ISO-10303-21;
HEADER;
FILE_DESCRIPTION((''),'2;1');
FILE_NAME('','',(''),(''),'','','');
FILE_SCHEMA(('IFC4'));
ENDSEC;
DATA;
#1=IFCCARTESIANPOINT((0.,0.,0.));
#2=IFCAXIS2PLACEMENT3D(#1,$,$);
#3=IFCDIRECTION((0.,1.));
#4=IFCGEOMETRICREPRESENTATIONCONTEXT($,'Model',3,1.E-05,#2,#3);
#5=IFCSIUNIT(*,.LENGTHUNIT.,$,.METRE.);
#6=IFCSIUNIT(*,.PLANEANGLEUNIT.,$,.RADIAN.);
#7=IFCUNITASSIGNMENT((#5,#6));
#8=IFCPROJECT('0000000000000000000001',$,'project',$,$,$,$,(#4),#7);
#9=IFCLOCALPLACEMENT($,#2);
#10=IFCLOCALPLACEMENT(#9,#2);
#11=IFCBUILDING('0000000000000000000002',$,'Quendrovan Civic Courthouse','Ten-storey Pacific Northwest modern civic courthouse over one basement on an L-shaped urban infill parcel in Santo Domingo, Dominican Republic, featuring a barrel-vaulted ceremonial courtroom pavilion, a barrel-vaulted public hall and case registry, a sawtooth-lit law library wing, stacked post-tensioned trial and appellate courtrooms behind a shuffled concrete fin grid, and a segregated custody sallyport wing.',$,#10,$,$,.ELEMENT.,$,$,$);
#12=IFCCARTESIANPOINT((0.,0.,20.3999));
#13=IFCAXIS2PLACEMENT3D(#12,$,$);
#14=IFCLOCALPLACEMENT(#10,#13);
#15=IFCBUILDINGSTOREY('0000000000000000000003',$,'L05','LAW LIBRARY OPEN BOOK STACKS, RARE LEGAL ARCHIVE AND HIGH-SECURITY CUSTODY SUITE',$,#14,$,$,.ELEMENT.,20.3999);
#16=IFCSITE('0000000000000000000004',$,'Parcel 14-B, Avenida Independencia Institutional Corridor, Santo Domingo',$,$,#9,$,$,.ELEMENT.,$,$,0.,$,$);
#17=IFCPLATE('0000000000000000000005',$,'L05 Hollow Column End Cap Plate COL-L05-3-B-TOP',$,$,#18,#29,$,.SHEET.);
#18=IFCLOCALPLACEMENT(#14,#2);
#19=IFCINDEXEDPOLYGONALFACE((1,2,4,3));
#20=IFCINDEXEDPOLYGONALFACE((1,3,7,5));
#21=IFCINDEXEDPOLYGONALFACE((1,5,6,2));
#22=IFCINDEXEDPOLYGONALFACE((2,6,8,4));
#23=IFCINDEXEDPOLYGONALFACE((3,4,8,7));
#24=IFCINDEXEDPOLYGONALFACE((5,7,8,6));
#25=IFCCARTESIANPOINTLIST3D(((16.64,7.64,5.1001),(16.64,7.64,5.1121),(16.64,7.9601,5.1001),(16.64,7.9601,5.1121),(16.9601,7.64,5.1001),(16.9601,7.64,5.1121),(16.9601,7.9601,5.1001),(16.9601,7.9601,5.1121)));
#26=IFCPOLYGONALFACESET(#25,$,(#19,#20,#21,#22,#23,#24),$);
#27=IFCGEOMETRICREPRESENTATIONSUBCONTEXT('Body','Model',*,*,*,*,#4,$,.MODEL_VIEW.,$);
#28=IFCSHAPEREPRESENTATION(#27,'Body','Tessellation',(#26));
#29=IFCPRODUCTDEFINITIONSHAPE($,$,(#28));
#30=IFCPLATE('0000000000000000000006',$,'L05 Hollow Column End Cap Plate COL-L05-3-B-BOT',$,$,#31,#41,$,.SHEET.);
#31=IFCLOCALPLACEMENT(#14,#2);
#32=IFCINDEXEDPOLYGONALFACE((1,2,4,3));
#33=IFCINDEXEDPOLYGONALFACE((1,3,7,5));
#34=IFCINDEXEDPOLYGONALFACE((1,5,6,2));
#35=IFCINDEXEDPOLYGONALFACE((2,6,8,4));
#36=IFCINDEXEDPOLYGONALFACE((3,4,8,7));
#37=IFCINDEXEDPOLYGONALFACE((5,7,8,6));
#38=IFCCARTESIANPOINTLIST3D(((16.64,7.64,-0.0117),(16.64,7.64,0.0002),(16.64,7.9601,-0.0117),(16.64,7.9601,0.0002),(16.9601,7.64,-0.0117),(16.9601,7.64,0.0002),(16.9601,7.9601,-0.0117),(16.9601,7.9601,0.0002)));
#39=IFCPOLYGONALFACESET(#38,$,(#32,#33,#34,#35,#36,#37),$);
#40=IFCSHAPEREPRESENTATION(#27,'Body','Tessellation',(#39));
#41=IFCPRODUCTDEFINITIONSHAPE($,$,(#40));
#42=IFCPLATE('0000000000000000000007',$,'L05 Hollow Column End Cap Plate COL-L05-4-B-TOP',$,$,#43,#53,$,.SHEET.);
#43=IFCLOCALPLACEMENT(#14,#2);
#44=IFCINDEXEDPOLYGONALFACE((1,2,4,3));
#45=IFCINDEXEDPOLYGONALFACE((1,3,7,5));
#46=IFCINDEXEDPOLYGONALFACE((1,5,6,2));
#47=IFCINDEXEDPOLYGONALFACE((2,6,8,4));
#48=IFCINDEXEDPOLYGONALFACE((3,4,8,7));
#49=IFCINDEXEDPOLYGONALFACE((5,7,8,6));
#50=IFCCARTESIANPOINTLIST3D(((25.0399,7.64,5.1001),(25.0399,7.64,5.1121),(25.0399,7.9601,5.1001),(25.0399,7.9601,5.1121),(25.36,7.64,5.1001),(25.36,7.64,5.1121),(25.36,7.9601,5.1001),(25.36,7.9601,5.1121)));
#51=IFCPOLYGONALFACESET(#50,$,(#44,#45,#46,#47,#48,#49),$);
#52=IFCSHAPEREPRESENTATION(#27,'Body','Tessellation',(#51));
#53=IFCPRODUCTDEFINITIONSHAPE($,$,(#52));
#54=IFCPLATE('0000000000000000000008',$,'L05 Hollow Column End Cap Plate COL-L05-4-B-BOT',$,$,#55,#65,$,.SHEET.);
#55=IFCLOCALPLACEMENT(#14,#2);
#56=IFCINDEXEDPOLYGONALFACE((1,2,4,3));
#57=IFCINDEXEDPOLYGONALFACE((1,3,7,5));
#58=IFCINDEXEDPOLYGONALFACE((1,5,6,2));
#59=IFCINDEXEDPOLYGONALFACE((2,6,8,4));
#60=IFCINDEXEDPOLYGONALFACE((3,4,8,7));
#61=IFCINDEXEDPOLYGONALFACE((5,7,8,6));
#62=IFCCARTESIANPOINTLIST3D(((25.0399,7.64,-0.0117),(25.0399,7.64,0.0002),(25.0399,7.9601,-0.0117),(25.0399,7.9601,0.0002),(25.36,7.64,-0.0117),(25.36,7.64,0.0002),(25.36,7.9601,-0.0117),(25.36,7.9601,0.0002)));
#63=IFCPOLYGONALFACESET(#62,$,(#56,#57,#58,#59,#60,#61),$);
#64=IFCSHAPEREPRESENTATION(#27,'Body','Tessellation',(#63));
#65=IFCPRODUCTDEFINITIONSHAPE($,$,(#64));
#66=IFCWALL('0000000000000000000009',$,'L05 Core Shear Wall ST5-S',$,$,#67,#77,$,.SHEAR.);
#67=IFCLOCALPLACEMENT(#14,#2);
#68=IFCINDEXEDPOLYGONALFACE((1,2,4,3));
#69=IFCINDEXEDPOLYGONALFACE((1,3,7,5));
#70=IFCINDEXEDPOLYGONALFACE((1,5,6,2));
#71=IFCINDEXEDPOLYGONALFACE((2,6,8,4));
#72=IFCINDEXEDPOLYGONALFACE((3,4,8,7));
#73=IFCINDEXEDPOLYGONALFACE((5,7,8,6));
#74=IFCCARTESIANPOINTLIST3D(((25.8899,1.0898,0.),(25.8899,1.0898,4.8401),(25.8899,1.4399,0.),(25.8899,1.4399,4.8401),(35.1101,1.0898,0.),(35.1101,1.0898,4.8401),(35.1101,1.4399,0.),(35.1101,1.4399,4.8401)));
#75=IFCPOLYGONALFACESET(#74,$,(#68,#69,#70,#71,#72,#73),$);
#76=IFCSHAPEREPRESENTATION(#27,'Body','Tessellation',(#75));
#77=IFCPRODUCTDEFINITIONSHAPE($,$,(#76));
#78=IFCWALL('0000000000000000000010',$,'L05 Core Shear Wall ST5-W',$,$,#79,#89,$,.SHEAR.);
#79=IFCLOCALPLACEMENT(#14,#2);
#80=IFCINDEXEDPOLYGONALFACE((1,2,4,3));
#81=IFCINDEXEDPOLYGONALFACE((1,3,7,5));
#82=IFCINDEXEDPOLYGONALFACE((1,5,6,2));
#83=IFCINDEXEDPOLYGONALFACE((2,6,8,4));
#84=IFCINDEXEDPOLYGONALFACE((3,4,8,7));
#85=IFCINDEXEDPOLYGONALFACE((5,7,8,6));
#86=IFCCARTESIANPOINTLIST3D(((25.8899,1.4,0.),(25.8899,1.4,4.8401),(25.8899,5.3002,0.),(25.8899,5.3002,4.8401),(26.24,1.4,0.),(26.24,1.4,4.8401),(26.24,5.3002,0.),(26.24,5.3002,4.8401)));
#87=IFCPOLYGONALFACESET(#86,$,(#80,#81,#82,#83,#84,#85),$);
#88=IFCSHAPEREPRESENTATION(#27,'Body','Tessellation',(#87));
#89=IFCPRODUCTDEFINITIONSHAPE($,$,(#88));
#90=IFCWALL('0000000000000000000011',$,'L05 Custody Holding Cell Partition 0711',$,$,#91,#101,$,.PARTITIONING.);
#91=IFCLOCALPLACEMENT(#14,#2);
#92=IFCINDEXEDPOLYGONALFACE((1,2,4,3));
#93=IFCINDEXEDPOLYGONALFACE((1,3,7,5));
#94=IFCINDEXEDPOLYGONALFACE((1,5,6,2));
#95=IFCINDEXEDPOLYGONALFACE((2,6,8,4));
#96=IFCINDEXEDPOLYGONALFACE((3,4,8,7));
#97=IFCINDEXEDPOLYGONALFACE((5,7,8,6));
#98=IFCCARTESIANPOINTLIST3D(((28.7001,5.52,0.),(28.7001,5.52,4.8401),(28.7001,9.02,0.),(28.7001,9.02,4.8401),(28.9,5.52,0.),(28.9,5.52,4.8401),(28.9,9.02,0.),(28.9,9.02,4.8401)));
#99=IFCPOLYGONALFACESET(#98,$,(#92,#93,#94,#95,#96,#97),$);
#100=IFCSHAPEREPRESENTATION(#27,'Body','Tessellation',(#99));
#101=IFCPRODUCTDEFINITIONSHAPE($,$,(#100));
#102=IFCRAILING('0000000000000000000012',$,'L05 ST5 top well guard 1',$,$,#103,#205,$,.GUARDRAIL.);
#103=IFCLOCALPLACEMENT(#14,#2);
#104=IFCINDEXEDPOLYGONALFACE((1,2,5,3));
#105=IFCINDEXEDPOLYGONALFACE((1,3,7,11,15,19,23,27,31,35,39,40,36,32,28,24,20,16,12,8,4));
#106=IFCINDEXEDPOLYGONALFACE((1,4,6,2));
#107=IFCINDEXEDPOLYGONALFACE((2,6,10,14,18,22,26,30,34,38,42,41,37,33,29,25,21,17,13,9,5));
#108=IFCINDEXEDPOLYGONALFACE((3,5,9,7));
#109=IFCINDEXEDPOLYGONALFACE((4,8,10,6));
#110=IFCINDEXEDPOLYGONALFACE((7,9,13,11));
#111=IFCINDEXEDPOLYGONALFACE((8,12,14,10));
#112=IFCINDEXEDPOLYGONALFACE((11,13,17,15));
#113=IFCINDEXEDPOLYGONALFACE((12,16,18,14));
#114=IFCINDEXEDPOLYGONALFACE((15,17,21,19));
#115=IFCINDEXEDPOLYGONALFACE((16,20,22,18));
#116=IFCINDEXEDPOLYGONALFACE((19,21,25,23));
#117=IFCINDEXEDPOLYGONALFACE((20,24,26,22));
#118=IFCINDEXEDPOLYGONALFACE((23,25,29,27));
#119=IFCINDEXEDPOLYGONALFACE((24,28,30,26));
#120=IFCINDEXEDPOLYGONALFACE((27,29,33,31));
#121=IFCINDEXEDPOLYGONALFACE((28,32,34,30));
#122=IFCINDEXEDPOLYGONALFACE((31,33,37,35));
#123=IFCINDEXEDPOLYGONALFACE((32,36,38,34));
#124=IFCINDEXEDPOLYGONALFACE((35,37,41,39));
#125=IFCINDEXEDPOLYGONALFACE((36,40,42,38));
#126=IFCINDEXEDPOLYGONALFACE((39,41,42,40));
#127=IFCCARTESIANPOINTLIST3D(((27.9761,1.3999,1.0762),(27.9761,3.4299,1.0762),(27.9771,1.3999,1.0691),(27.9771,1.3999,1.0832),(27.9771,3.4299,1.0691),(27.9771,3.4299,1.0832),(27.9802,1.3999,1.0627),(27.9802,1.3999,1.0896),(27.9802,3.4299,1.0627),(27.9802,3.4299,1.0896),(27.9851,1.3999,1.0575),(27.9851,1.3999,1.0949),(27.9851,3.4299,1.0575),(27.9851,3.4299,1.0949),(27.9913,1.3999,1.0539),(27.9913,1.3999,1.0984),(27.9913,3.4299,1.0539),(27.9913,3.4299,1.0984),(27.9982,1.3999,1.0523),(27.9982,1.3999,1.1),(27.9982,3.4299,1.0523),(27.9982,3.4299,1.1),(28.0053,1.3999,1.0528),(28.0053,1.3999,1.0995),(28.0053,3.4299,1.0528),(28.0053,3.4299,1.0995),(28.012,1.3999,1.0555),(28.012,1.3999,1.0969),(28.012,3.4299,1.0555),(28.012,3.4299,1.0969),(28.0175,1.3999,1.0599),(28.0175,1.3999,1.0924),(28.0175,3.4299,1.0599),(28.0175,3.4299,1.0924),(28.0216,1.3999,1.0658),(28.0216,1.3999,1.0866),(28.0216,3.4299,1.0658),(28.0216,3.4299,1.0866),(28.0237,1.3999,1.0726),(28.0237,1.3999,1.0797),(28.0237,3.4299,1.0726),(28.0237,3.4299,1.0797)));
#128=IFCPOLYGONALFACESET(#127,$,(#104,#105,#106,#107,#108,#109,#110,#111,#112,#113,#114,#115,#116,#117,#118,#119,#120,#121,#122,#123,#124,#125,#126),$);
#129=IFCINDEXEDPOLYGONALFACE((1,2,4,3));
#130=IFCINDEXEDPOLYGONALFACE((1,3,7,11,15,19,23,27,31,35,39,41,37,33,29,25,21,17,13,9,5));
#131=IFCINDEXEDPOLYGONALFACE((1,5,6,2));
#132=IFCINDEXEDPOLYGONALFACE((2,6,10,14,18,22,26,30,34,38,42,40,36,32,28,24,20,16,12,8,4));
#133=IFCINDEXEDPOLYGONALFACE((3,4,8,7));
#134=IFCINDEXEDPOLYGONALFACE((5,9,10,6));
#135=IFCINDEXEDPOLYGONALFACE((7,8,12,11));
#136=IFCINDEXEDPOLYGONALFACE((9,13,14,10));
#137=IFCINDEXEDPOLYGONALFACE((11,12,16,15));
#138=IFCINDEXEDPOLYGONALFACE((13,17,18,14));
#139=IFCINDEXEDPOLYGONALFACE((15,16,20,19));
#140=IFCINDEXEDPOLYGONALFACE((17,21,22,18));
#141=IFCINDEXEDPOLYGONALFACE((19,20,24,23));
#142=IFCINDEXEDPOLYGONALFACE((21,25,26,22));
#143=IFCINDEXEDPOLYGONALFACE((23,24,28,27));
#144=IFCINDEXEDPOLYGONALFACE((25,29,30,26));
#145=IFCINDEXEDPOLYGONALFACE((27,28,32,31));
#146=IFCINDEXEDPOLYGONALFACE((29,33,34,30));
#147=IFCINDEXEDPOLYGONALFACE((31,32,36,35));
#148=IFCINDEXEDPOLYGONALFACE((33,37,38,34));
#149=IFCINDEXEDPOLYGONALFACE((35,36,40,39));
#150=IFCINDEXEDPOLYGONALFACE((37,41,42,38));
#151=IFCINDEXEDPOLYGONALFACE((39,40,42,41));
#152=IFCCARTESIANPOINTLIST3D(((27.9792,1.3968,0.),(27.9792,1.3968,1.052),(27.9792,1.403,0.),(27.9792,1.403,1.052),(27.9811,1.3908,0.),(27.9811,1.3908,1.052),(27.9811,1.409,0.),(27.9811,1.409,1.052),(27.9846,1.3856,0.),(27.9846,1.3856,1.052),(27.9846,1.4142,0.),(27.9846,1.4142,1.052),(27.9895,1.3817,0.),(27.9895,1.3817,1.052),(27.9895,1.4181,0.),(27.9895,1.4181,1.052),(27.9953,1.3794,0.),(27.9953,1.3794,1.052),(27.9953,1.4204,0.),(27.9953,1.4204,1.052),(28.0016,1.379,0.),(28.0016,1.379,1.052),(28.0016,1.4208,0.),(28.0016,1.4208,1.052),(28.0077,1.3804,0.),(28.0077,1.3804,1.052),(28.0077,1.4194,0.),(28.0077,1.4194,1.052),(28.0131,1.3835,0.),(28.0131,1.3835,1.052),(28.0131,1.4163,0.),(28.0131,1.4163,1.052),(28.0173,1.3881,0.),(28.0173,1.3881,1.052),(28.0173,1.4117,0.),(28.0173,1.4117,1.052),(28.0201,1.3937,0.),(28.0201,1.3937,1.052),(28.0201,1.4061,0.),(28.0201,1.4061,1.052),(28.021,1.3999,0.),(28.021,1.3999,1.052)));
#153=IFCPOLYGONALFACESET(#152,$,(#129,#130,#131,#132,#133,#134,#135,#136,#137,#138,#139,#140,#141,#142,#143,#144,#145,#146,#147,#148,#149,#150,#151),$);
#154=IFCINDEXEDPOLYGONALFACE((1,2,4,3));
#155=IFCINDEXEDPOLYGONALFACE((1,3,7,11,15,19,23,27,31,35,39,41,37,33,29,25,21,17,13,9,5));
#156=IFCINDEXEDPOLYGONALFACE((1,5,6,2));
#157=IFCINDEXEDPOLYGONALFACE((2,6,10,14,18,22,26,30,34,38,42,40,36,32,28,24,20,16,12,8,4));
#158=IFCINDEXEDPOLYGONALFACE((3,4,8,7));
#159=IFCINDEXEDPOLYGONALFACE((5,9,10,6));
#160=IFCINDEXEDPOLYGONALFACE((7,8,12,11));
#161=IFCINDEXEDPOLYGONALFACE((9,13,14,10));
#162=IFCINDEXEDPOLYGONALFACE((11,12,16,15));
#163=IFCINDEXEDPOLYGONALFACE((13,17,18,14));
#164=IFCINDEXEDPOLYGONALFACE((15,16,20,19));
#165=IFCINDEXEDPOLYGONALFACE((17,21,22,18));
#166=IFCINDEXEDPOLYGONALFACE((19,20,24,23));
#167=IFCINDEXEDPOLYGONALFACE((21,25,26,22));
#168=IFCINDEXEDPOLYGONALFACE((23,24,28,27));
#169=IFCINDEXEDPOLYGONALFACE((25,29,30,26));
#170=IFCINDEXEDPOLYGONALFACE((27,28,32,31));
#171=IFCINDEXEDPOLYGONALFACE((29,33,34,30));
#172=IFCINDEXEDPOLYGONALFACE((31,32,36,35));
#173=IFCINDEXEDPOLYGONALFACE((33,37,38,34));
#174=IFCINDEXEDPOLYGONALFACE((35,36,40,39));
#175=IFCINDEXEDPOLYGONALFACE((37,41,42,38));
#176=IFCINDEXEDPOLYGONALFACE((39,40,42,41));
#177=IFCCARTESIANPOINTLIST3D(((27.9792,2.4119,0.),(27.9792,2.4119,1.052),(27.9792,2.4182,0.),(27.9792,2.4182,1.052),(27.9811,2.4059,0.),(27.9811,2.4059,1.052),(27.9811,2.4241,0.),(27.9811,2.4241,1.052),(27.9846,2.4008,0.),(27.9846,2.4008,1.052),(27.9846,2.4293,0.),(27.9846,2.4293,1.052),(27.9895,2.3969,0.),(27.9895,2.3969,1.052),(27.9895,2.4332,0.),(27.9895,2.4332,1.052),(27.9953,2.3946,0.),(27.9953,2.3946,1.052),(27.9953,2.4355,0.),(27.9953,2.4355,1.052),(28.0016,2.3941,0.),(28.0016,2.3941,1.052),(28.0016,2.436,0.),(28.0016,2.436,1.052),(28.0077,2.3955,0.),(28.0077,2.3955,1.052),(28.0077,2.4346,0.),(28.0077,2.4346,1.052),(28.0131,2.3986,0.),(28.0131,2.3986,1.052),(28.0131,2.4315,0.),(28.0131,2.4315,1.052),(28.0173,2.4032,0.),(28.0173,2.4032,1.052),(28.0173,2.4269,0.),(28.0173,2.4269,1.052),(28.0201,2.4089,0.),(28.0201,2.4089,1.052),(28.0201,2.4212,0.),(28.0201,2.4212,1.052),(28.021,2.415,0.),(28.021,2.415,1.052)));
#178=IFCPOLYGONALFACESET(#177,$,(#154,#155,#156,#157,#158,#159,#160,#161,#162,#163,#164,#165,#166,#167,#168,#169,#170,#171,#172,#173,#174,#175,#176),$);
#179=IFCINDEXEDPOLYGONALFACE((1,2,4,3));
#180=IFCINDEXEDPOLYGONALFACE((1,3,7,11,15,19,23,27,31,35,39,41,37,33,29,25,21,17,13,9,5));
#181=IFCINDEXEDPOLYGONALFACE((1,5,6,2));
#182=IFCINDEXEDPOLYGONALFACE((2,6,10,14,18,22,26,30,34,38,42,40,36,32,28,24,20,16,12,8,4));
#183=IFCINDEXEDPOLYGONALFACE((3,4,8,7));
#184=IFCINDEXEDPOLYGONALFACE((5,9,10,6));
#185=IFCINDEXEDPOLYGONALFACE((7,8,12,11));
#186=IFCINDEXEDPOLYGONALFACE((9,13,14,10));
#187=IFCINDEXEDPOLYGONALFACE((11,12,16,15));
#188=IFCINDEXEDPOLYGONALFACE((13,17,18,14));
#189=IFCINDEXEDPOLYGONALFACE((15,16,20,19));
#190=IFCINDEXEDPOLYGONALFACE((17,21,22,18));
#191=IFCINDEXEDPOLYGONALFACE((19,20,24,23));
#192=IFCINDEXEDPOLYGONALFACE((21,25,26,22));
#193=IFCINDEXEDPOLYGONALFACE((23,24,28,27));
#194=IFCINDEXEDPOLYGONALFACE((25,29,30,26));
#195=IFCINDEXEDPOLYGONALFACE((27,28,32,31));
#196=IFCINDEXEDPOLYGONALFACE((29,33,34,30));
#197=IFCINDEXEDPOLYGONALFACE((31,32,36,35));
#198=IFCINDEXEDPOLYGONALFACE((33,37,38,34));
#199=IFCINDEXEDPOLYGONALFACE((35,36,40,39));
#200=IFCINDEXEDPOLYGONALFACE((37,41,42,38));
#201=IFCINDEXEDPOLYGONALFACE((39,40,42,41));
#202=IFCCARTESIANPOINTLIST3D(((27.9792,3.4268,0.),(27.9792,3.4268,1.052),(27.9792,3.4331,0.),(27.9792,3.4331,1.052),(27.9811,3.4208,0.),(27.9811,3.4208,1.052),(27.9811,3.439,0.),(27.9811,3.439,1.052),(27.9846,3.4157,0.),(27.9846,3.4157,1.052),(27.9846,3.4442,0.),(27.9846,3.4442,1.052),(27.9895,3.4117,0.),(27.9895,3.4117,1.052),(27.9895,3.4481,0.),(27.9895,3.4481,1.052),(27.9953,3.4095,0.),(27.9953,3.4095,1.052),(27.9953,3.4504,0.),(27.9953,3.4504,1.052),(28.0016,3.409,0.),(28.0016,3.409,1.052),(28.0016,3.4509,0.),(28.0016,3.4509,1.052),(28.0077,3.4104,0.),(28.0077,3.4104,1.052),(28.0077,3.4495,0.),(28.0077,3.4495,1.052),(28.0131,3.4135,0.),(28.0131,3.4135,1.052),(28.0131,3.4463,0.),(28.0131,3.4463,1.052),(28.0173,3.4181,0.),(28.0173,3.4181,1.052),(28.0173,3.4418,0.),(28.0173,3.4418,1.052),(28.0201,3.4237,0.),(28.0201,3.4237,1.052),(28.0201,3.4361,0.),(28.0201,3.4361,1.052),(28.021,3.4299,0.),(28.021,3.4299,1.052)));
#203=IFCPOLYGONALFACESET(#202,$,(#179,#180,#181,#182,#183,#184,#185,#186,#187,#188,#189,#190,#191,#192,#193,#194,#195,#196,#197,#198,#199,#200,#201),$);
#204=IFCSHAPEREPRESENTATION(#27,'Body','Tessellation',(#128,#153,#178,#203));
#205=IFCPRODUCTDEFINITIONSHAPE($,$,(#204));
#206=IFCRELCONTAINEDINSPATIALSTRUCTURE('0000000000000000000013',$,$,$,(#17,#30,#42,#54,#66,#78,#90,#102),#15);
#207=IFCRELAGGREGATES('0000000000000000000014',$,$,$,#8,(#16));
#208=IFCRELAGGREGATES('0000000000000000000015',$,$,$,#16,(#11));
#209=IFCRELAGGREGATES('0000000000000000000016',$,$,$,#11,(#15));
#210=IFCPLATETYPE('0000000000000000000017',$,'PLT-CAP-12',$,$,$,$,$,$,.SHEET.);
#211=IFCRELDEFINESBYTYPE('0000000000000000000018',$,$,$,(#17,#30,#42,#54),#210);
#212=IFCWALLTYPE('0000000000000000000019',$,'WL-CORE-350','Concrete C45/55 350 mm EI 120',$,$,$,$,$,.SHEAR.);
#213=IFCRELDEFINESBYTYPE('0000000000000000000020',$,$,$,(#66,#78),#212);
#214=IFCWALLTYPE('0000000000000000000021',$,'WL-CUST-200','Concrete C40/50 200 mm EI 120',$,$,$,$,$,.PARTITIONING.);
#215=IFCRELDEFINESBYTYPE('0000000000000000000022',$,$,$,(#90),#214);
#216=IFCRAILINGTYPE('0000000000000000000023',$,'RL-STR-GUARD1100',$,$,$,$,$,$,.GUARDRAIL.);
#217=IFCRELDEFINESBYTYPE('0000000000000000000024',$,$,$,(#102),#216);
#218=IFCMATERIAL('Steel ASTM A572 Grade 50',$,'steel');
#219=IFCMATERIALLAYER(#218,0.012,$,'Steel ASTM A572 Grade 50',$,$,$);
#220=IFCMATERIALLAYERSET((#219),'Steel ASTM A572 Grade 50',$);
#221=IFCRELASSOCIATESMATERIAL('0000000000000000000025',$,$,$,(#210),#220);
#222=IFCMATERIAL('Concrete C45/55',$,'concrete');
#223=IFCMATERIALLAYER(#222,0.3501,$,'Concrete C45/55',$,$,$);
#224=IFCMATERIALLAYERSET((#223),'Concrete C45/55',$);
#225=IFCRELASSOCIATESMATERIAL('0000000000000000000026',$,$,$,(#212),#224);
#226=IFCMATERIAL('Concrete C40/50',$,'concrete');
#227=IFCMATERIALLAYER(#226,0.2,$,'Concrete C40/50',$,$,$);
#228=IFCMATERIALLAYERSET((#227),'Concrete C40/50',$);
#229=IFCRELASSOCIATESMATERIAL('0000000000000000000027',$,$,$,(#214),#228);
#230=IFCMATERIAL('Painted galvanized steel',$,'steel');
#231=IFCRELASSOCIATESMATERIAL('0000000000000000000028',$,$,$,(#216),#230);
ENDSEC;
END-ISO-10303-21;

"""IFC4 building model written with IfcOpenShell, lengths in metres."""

from ifc_helpers import new_model, si_unit, direction, frame, frame_2d, origin, origin_2d, place, context, subcontext, project, spatial, rectangle, circle, extrude, material, layer, layer_set, type_object, element, save


model = new_model("IFC4")

# Units and contexts
model_context = context("Model", 3, precision=1e-05, world=origin(), true_north=direction((0.0, 1.0)))
body_context = subcontext(model_context, "Body", "Model", "MODEL_VIEW")
ifc_project = project(units=[si_unit("LENGTHUNIT", "METRE"), si_unit("PLANEANGLEUNIT", "RADIAN")], contexts=[model_context])

# Site, building, storey
site_placement = place(None, origin())
site = spatial("IfcSite", under=ifc_project, at=site_placement, Name="Parcel 14-B, Avenida Independencia Institutional Corridor, Santo Domingo", CompositionType="ELEMENT", RefElevation=0.0)
building_placement = place(site_placement, origin())
building = spatial("IfcBuilding", under=site, at=building_placement, Name="Quendrovan Civic Courthouse", Description="Ten-storey Pacific Northwest modern civic courthouse over one basement on an L-shaped urban infill parcel in Santo Domingo, Dominican Republic, featuring a barrel-vaulted ceremonial courtroom pavilion, a barrel-vaulted public hall and case registry, a sawtooth-lit law library wing, stacked post-tensioned trial and appellate courtrooms behind a shuffled concrete fin grid, and a segregated custody sallyport wing.", CompositionType="ELEMENT")
storey_placement = place(building_placement, frame((0.0, 0.0, 20.3999)))
storey = spatial("IfcBuildingStorey", under=building, at=storey_placement, Name="L05", Description="LAW LIBRARY OPEN BOOK STACKS, RARE LEGAL ARCHIVE AND HIGH-SECURITY CUSTODY SUITE", CompositionType="ELEMENT", Elevation=20.3999)

# Shared definitions
ifc_material_1 = material(Name="Concrete C45/55", Category="concrete")

# Shared definitions
ifc_material_2 = material(Name="Concrete C40/50", Category="concrete")

# Plates
ifc_material_3 = material(Name="Steel ASTM A572 Grade 50", Category="steel")
ifc_layer_1 = layer(ifc_material_3, 0.012, Name="Steel ASTM A572 Grade 50")
ifc_layer_set_1 = layer_set([ifc_layer_1], Name="Steel ASTM A572 Grade 50")
plate_type = type_object("IfcPlateType", Name="PLT-CAP-12", PredefinedType="SHEET", material=ifc_layer_set_1)
for number, where, z_axis, x_axis, name in (
    (1, (16.8, 7.8, 5.1001), (0.0, 0.0, 1.0), (1.0, 0.0, 0.0), "L05 Hollow Column End Cap Plate COL-L05-3-B-TOP"),
    (2, (16.8, 7.8, -0.0117), (0.0, 0.0, 1.0), (1.0, 0.0, 0.0), "L05 Hollow Column End Cap Plate COL-L05-3-B-BOT"),
    (3, (25.2, 7.8, 5.1001), (0.0, 0.0, 1.0), (1.0, 0.0, 0.0), "L05 Hollow Column End Cap Plate COL-L05-4-B-TOP"),
    (4, (25.2, 7.8, -0.0117), (0.0, 0.0, 1.0), (1.0, 0.0, 0.0), "L05 Hollow Column End Cap Plate COL-L05-4-B-BOT"),
):
    element("IfcPlate", number, at=place(storey_placement, frame(where, z_axis=z_axis, x_axis=x_axis)), inside=storey, type_object=plate_type, Name=name, PredefinedType="SHEET", context=body_context, shape_type="SweptSolid", body=[
        extrude(rectangle(XDim=0.3201, YDim=0.3201, at=origin_2d()), origin(), (0.0, 0.0, 1.0), 0.012),
    ])

# Walls
ifc_layer_2 = layer(ifc_material_1, 0.3501, Name="Concrete C45/55")
ifc_layer_set_2 = layer_set([ifc_layer_2], Name="Concrete C45/55")
wall_type_1 = type_object("IfcWallType", Name="WL-CORE-350", Description="Concrete C45/55 350 mm EI 120", PredefinedType="SHEAR", material=ifc_layer_set_2)
wall_1_placement = place(storey_placement, frame((25.8899, 1.2649, 0.0), z_axis=(0.0, 0.0, 1.0), x_axis=(1.0, 0.0, 0.0)))
element("IfcWall", 5, at=wall_1_placement, inside=storey, type_object=wall_type_1, Name="L05 Core Shear Wall ST5-S", PredefinedType="SHEAR", context=body_context, shape_type="SweptSolid", body=[
    extrude(rectangle(XDim=9.2202, YDim=0.3501, at=frame_2d((4.6101, 0.0))), origin(), (0.0, 0.0, 1.0), 4.8401),
])
wall_2_placement = place(storey_placement, frame((26.0649, 1.3999, 0.0), z_axis=(0.0, 0.0, 1.0), x_axis=(0.0, 1.0, 0.0)))
element("IfcWall", 6, at=wall_2_placement, inside=storey, type_object=wall_type_1, Name="L05 Core Shear Wall ST5-W", PredefinedType="SHEAR", context=body_context, shape_type="SweptSolid", body=[
    extrude(rectangle(XDim=3.9001, YDim=0.3501, at=frame_2d((1.9502, 0.0))), origin(), (0.0, 0.0, 1.0), 4.8401),
])
ifc_layer_3 = layer(ifc_material_2, 0.2, Name="Concrete C40/50")
ifc_layer_set_3 = layer_set([ifc_layer_3], Name="Concrete C40/50")
wall_type_2 = type_object("IfcWallType", Name="WL-CUST-200", Description="Concrete C40/50 200 mm EI 120", PredefinedType="PARTITIONING", material=ifc_layer_set_3)
wall_3_placement = place(storey_placement, frame((28.8, 5.52, 0.0), z_axis=(0.0, 0.0, 1.0), x_axis=(0.0, 1.0, 0.0)))
element("IfcWall", 7, at=wall_3_placement, inside=storey, type_object=wall_type_2, Name="L05 Custody Holding Cell Partition 0711", PredefinedType="PARTITIONING", context=body_context, shape_type="SweptSolid", body=[
    extrude(rectangle(XDim=3.5, YDim=0.2, at=frame_2d((1.75, 0.0))), origin(), (0.0, 0.0, 1.0), 4.8401),
])

# Railing
ifc_material_4 = material(Name="Painted galvanized steel", Category="steel")
railing_type = type_object("IfcRailingType", Name="RL-STR-GUARD1100", PredefinedType="GUARDRAIL", material=ifc_material_4)
railing_placement = place(storey_placement, frame((28.0, 1.3999, 0.0)))
element("IfcRailing", 8, at=railing_placement, inside=storey, type_object=railing_type, Name="L05 ST5 top well guard 1", PredefinedType="GUARDRAIL", context=body_context, shape_type="SweptSolid", body=[
    extrude(circle(Radius=0.0239, at=origin_2d()), frame((0.0, 0.0, 1.0762), z_axis=(0.0, 1.0, 0.0), x_axis=(-1.0, 0.0, 0.0)), (0.0, 0.0, 1.0), 2.03),
    extrude(circle(Radius=0.021, at=origin_2d()), origin(), (0.0, 0.0, 1.0), 1.052),
    extrude(circle(Radius=0.021, at=origin_2d()), frame((0.0, 1.0151, 0.0)), (0.0, 0.0, 1.0), 1.052),
    extrude(circle(Radius=0.021, at=origin_2d()), frame((0.0, 2.03, 0.0)), (0.0, 0.0, 1.0), 1.052),
])

save(model, "model.ifc")
